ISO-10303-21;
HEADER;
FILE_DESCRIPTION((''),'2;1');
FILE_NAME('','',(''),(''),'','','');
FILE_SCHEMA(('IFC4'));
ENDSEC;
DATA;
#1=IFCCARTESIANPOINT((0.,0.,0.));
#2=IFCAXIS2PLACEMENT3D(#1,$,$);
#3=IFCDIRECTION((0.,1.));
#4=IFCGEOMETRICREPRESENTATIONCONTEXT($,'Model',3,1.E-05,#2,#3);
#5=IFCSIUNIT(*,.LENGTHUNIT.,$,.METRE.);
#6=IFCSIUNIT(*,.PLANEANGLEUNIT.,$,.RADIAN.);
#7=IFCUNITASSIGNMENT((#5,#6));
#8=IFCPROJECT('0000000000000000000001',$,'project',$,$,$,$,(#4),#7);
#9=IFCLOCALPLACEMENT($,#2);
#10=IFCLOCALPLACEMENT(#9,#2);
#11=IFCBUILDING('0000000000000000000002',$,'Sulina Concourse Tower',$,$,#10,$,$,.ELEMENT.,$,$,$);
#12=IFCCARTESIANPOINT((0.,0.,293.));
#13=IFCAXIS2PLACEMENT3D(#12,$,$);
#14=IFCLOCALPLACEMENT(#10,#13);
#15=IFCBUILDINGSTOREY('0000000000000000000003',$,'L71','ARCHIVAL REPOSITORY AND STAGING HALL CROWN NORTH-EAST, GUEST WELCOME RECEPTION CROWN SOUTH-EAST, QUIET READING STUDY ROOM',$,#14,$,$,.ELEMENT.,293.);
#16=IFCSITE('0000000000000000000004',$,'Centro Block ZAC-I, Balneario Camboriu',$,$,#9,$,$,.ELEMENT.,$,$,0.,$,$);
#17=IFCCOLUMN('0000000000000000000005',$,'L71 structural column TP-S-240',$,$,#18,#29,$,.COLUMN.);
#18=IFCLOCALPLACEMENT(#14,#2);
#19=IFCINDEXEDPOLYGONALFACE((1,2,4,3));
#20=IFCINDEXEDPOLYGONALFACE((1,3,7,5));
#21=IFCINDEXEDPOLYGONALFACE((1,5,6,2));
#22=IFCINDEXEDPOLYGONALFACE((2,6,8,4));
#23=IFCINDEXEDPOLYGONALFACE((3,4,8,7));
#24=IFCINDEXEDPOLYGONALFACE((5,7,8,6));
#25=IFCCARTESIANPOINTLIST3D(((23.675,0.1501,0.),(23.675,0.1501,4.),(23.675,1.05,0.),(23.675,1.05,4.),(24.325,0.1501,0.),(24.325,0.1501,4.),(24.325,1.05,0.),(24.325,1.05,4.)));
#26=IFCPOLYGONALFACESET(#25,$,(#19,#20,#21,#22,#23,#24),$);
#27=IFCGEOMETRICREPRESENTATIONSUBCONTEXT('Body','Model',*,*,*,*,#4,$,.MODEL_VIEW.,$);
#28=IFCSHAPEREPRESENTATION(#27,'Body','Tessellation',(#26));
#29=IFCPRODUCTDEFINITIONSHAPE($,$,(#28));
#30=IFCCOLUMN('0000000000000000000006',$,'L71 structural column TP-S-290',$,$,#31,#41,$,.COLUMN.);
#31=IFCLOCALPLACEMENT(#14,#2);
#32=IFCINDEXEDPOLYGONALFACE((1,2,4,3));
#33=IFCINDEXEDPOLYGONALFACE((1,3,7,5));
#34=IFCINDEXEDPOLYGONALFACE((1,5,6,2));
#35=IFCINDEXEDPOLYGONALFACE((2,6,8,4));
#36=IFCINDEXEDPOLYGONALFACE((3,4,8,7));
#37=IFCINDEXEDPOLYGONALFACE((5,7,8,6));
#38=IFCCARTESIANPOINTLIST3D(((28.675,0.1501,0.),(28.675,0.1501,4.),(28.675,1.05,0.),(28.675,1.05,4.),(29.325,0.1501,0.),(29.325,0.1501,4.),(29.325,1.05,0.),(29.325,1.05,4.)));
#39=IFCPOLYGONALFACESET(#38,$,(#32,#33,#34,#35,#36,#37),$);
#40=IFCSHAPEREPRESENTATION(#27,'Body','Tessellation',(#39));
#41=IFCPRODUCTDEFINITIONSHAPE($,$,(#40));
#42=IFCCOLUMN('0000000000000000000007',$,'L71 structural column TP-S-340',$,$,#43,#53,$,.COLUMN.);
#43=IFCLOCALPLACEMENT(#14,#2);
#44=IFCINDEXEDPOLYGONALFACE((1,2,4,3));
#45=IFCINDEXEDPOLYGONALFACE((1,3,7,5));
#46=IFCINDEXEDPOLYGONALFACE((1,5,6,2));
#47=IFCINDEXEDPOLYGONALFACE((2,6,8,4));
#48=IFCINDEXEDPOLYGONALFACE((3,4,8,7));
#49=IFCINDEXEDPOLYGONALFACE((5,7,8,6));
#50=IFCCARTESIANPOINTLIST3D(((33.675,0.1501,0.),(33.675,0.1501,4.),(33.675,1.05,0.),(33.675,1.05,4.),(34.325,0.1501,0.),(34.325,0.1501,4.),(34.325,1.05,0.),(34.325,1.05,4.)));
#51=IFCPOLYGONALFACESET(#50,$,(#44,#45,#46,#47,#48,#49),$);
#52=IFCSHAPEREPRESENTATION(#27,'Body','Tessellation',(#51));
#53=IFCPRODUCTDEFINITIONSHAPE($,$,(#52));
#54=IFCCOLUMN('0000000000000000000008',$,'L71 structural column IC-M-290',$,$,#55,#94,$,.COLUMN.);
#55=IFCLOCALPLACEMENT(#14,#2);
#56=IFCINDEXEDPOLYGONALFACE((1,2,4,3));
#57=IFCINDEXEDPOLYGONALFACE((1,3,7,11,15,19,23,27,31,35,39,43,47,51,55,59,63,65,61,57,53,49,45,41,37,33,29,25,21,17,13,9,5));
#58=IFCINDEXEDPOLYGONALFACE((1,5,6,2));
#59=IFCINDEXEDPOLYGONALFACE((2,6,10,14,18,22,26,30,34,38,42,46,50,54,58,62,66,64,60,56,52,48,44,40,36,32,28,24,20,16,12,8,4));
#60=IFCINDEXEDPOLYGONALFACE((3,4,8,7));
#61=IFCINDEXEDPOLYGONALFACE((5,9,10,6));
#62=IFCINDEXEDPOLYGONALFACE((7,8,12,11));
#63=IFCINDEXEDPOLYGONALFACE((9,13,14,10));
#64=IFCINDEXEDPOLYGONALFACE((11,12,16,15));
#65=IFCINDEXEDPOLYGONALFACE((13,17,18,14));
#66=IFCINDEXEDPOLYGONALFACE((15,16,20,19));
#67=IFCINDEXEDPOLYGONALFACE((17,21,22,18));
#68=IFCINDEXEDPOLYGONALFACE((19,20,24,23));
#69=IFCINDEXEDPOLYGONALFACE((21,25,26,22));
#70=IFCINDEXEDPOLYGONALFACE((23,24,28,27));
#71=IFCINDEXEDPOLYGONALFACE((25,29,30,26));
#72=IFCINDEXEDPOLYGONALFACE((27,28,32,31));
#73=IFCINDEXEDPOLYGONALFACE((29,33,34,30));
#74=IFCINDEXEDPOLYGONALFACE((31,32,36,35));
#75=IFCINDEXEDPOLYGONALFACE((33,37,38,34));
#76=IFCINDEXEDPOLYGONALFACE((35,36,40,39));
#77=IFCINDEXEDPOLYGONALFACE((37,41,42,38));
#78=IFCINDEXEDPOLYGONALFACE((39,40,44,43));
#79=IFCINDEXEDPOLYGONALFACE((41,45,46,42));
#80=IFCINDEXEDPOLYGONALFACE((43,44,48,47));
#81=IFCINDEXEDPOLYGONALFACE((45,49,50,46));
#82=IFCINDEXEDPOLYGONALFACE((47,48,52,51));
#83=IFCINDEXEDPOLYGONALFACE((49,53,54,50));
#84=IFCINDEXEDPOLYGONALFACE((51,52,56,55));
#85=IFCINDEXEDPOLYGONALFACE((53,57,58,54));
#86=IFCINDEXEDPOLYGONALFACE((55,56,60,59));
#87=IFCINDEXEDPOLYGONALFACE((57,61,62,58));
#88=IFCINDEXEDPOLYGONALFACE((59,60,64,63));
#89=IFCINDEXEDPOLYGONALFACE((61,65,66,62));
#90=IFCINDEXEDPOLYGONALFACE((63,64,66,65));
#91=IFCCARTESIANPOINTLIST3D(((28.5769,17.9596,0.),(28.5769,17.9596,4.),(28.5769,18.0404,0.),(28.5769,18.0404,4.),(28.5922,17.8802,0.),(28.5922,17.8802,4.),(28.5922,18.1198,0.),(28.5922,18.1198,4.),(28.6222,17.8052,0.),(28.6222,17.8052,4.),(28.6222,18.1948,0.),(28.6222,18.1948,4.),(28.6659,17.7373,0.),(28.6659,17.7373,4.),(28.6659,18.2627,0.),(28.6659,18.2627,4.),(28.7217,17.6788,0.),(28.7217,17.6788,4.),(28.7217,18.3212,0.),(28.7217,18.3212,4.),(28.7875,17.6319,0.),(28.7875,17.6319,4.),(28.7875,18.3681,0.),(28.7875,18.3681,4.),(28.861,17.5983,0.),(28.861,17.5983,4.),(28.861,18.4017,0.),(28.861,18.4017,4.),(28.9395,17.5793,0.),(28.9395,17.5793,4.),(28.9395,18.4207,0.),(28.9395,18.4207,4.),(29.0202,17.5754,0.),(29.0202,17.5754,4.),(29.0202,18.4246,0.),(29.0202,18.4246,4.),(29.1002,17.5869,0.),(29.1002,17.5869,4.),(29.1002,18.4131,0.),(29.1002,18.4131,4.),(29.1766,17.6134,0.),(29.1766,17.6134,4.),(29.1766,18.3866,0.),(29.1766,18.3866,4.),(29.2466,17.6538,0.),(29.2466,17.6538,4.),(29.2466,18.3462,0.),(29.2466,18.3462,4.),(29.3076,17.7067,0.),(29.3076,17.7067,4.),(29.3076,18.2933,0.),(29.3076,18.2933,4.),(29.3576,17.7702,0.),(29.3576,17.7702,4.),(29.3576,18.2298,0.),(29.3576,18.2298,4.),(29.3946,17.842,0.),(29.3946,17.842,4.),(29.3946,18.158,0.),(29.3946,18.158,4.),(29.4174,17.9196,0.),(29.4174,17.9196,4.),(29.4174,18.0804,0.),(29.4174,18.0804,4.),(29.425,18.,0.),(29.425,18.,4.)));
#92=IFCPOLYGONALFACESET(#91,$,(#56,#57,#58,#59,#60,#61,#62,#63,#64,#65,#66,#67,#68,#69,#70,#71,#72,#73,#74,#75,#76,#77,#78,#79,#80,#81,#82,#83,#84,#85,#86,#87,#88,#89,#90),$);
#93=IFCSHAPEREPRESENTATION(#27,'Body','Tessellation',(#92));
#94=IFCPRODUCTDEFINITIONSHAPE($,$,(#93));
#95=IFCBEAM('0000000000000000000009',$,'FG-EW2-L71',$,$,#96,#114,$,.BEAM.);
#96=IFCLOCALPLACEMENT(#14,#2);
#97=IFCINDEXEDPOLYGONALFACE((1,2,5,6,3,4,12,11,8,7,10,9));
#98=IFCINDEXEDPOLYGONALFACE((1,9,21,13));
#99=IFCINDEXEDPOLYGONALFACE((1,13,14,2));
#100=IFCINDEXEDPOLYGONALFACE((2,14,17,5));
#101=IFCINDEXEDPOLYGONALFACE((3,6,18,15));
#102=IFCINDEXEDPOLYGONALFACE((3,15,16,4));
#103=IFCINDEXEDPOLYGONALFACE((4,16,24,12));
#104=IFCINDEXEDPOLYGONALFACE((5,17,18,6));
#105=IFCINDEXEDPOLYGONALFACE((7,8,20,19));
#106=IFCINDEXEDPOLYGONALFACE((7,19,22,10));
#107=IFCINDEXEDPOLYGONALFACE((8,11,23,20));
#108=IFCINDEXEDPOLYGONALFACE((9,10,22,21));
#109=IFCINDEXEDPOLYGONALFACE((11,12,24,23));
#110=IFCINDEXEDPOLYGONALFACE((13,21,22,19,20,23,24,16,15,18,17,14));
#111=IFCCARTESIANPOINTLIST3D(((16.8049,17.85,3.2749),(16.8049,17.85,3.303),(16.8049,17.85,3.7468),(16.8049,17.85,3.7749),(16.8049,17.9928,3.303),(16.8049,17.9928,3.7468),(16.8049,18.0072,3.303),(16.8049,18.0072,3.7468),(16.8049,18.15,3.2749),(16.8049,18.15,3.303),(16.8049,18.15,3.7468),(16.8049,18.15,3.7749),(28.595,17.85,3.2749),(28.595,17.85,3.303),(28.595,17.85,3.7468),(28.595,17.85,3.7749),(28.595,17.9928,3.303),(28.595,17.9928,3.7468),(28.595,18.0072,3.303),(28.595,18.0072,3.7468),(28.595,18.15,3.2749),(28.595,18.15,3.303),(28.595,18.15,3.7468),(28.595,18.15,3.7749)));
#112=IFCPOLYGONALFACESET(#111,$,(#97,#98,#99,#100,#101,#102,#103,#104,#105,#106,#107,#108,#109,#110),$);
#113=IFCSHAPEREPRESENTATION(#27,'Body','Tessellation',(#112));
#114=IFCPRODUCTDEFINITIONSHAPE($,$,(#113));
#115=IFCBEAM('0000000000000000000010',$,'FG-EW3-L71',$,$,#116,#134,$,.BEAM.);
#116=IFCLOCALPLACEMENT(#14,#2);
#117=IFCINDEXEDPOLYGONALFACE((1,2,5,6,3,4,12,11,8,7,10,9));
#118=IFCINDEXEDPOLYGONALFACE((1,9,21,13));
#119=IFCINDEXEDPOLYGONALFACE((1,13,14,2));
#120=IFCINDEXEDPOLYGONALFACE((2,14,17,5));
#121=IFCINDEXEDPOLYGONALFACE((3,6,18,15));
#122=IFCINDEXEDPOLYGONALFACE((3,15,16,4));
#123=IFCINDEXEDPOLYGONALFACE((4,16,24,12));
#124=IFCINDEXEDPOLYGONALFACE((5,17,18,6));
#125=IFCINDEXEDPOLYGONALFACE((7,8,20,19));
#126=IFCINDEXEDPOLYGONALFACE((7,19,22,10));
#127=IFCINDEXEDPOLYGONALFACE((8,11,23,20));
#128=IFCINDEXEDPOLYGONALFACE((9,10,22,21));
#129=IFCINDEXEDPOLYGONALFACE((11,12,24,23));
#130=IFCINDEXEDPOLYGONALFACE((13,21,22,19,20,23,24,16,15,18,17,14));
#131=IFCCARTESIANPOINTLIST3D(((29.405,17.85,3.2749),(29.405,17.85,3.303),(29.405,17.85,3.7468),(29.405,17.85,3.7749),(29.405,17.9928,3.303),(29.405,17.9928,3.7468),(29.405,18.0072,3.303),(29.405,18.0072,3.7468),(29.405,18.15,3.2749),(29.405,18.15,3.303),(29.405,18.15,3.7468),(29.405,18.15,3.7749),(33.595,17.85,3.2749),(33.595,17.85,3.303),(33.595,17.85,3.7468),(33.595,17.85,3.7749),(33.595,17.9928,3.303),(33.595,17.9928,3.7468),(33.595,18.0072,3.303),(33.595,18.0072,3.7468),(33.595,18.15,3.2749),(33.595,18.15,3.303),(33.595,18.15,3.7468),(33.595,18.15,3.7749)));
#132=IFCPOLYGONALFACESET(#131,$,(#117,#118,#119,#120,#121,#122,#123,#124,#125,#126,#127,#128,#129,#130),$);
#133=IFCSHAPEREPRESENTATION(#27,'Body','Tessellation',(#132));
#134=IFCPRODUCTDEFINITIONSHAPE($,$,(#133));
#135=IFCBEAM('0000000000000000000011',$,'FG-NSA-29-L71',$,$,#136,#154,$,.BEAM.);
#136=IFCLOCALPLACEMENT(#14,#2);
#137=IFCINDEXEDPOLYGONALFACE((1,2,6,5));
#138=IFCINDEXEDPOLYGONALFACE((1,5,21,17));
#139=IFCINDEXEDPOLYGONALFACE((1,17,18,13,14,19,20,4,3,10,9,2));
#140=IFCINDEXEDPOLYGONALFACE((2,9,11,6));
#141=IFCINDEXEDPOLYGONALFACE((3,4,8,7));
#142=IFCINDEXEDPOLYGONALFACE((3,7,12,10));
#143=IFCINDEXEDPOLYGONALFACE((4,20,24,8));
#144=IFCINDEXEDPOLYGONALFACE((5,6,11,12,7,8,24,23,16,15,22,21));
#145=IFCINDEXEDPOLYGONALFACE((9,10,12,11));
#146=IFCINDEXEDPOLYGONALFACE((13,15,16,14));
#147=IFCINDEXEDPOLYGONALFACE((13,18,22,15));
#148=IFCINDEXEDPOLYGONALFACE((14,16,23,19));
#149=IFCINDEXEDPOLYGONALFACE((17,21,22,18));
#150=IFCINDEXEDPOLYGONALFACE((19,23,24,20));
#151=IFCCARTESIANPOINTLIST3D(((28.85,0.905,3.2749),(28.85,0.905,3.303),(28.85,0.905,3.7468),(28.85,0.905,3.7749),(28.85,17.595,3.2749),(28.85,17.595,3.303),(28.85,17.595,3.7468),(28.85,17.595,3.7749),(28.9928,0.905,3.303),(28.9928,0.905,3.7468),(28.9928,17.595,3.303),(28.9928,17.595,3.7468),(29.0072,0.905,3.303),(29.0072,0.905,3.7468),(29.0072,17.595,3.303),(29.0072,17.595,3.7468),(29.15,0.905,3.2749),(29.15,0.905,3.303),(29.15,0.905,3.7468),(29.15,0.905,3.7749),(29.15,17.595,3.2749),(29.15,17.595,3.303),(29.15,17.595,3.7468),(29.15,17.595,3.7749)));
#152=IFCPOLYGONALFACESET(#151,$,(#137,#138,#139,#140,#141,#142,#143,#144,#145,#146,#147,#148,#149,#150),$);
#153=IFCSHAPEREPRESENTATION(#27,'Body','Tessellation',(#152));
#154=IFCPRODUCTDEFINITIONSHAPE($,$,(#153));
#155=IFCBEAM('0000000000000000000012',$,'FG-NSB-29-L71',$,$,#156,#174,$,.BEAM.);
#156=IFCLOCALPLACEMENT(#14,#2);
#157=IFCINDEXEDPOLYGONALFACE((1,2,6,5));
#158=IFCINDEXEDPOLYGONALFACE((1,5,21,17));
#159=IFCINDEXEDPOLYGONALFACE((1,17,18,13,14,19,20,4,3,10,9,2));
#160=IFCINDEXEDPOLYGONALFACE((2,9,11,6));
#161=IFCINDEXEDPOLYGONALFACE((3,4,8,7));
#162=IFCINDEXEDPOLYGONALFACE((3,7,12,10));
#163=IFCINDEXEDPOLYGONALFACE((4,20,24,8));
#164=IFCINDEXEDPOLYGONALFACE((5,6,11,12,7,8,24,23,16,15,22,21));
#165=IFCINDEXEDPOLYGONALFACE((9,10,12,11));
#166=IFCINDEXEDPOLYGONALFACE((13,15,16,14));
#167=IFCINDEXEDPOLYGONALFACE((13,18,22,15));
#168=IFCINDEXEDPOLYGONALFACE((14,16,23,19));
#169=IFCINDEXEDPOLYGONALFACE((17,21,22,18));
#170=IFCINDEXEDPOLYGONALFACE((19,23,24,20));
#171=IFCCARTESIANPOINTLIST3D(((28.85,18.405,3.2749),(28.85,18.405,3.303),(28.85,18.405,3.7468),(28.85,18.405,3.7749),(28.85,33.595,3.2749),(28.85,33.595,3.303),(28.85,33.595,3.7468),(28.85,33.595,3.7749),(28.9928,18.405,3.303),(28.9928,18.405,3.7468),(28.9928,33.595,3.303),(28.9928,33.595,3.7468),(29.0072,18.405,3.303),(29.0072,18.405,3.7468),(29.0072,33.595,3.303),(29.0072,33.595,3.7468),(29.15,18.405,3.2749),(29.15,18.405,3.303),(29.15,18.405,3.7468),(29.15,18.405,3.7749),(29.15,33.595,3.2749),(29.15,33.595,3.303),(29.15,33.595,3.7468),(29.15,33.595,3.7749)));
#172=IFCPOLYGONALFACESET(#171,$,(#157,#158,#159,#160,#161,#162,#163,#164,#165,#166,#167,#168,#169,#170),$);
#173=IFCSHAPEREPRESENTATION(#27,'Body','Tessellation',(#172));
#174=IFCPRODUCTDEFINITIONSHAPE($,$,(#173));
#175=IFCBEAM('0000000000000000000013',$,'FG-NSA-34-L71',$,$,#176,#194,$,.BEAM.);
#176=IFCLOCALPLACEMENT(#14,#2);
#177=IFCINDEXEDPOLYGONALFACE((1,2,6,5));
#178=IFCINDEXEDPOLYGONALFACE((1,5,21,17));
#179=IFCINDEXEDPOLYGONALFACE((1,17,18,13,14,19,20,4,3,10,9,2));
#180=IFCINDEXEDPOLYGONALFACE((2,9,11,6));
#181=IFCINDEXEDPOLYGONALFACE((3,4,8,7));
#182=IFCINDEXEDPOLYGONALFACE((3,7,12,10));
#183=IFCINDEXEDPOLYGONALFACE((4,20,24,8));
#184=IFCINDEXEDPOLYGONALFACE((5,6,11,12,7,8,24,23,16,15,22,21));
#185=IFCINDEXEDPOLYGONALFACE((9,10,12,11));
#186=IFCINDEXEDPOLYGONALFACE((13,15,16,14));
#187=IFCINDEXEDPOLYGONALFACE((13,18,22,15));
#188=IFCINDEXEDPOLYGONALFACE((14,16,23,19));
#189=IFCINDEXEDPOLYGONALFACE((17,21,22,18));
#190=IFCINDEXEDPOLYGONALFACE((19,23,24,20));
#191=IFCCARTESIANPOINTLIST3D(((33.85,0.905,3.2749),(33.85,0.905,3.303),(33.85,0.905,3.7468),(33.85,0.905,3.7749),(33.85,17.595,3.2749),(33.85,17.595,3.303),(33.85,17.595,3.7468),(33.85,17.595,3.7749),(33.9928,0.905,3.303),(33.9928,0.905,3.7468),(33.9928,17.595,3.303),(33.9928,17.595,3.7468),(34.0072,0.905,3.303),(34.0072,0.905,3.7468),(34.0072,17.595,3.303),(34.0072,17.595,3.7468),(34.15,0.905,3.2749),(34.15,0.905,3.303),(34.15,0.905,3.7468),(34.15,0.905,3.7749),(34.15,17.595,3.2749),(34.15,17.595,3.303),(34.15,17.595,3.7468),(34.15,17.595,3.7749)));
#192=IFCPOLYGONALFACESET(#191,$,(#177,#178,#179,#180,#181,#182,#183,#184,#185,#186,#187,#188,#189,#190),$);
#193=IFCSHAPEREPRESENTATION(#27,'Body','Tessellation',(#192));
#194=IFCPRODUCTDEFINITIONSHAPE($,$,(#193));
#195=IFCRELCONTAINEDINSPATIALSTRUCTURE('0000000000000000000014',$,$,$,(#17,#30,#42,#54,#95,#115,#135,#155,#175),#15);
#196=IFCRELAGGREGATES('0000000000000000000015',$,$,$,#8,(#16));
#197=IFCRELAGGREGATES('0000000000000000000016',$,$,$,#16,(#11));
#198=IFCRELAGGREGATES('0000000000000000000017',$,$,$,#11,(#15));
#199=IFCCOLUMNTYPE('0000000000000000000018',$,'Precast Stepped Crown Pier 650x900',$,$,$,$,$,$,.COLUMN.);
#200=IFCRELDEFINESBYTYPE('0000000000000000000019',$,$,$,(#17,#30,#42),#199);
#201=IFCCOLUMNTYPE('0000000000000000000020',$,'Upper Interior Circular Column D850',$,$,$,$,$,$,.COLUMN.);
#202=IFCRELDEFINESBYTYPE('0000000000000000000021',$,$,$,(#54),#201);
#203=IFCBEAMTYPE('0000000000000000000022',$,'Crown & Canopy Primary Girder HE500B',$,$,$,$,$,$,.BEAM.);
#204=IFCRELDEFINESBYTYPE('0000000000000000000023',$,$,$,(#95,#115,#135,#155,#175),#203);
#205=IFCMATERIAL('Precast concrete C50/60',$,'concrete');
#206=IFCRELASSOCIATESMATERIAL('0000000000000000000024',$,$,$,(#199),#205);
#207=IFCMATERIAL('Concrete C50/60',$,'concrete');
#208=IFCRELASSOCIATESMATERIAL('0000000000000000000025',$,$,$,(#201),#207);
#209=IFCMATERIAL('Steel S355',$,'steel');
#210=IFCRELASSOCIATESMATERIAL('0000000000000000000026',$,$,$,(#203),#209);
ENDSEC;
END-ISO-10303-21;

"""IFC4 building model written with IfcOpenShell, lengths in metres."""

from ifc_helpers import new_model, si_unit, direction, frame, origin, origin_2d, place, context, subcontext, project, spatial, rectangle, circle, i_section, extrude, material, material_profile, profile_set, type_object, element, save


model = new_model("IFC4")

# Units and contexts
model_context = context("Model", 3, precision=1e-05, world=origin(), true_north=direction((0.0, 1.0)))
body_context = subcontext(model_context, "Body", "Model", "MODEL_VIEW")
ifc_project = project(units=[si_unit("LENGTHUNIT", "METRE"), si_unit("PLANEANGLEUNIT", "RADIAN")], contexts=[model_context])

# Site, building, storey
site_placement = place(None, origin())
site = spatial("IfcSite", under=ifc_project, at=site_placement, Name="Centro Block ZAC-I, Balneario Camboriu", CompositionType="ELEMENT", RefElevation=0.0)
building_placement = place(site_placement, origin())
building = spatial("IfcBuilding", under=site, at=building_placement, Name="Sulina Concourse Tower", CompositionType="ELEMENT")
storey_placement = place(building_placement, frame((0.0, 0.0, 293.0)))
storey = spatial("IfcBuildingStorey", under=building, at=storey_placement, Name="L71", Description="ARCHIVAL REPOSITORY AND STAGING HALL CROWN NORTH-EAST, GUEST WELCOME RECEPTION CROWN SOUTH-EAST, QUIET READING STUDY ROOM", CompositionType="ELEMENT", Elevation=293.0)

# Columns
ifc_material_1 = material(Name="Precast concrete C50/60", Category="concrete")
ifc_material_profile_1 = material_profile(ifc_material_1, rectangle(XDim=0.6499, YDim=0.8999, at=origin_2d()), Name="PC 650x900")
ifc_profile_set_1 = profile_set([ifc_material_profile_1], Name="Precast concrete C50/60")
column_type_1 = type_object("IfcColumnType", Name="Precast Stepped Crown Pier 650x900", PredefinedType="COLUMN", material=ifc_profile_set_1)
for number, where, z_axis, x_axis, name in (
    (1, (24.0, 0.6001, 0.0), (0.0, 0.0, 1.0), (1.0, 0.0, 0.0), "L71 structural column TP-S-240"),
    (2, (29.0, 0.6001, 0.0), (0.0, 0.0, 1.0), (1.0, 0.0, 0.0), "L71 structural column TP-S-290"),
    (3, (34.0, 0.6001, 0.0), (0.0, 0.0, 1.0), (1.0, 0.0, 0.0), "L71 structural column TP-S-340"),
):
    element("IfcColumn", number, at=place(storey_placement, frame(where, z_axis=z_axis, x_axis=x_axis)), inside=storey, type_object=column_type_1, Name=name, PredefinedType="COLUMN", context=body_context, shape_type="SweptSolid", body=[
        extrude(rectangle(XDim=0.6499, YDim=0.8999, at=origin_2d()), origin(), (0.0, 0.0, 1.0), 4.0),
    ])
ifc_material_2 = material(Name="Concrete C50/60", Category="concrete")
ifc_material_profile_2 = material_profile(ifc_material_2, circle(Radius=0.425, at=origin_2d()), Name="RC D850")
ifc_profile_set_2 = profile_set([ifc_material_profile_2], Name="Concrete C50/60")
column_type_2 = type_object("IfcColumnType", Name="Upper Interior Circular Column D850", PredefinedType="COLUMN", material=ifc_profile_set_2)
column_placement = place(storey_placement, frame((29.0, 18.0, 0.0), z_axis=(0.0, 0.0, 1.0), x_axis=(1.0, 0.0, 0.0)))
element("IfcColumn", 4, at=column_placement, inside=storey, type_object=column_type_2, Name="L71 structural column IC-M-290", PredefinedType="COLUMN", context=body_context, shape_type="SweptSolid", body=[
    extrude(circle(Radius=0.425, at=origin_2d()), origin(), (0.0, 0.0, 1.0), 4.0),
])

# Beams
ifc_material_3 = material(Name="Steel S355", Category="steel")
ifc_material_profile_3 = material_profile(ifc_material_3, i_section(OverallWidth=0.3, OverallDepth=0.5, WebThickness=0.0144, FlangeThickness=0.0281, at=origin_2d()), Name="HE 500 B")
ifc_profile_set_3 = profile_set([ifc_material_profile_3], Name="Steel S355")
beam_type_1 = type_object("IfcBeamType", Name="Crown & Canopy Primary Girder HE500B", PredefinedType="BEAM", material=ifc_profile_set_3)
beam_1_placement = place(storey_placement, frame((16.8049, 18.0, 3.5249), z_axis=(1.0, 0.0, 0.0), x_axis=(0.0, 1.0, 0.0)))
element("IfcBeam", 5, at=beam_1_placement, inside=storey, type_object=beam_type_1, Name="FG-EW2-L71", PredefinedType="BEAM", context=body_context, shape_type="SweptSolid", body=[
    extrude(i_section(OverallWidth=0.3, OverallDepth=0.5, WebThickness=0.0144, FlangeThickness=0.0281, at=origin_2d()), origin(), (0.0, 0.0, 1.0), 11.79),
])
beam_2_placement = place(storey_placement, frame((29.405, 18.0, 3.5249), z_axis=(1.0, 0.0, 0.0), x_axis=(0.0, 1.0, 0.0)))
element("IfcBeam", 6, at=beam_2_placement, inside=storey, type_object=beam_type_1, Name="FG-EW3-L71", PredefinedType="BEAM", context=body_context, shape_type="SweptSolid", body=[
    extrude(i_section(OverallWidth=0.3, OverallDepth=0.5, WebThickness=0.0144, FlangeThickness=0.0281, at=origin_2d()), origin(), (0.0, 0.0, 1.0), 4.1899),
])
beam_3_placement = place(storey_placement, frame((29.0, 0.905, 3.5249), z_axis=(0.0, 1.0, 0.0), x_axis=(-1.0, 0.0, 0.0)))
element("IfcBeam", 7, at=beam_3_placement, inside=storey, type_object=beam_type_1, Name="FG-NSA-29-L71", PredefinedType="BEAM", context=body_context, shape_type="SweptSolid", body=[
    extrude(i_section(OverallWidth=0.3, OverallDepth=0.5, WebThickness=0.0144, FlangeThickness=0.0281, at=origin_2d()), origin(), (0.0, 0.0, 1.0), 16.6899),
])
beam_4_placement = place(storey_placement, frame((29.0, 18.405, 3.5249), z_axis=(0.0, 1.0, 0.0), x_axis=(-1.0, 0.0, 0.0)))
element("IfcBeam", 8, at=beam_4_placement, inside=storey, type_object=beam_type_1, Name="FG-NSB-29-L71", PredefinedType="BEAM", context=body_context, shape_type="SweptSolid", body=[
    extrude(i_section(OverallWidth=0.3, OverallDepth=0.5, WebThickness=0.0144, FlangeThickness=0.0281, at=origin_2d()), origin(), (0.0, 0.0, 1.0), 15.1899),
])
beam_5_placement = place(storey_placement, frame((34.0, 0.905, 3.5249), z_axis=(0.0, 1.0, 0.0), x_axis=(-1.0, 0.0, 0.0)))
element("IfcBeam", 9, at=beam_5_placement, inside=storey, type_object=beam_type_1, Name="FG-NSA-34-L71", PredefinedType="BEAM", context=body_context, shape_type="SweptSolid", body=[
    extrude(i_section(OverallWidth=0.3, OverallDepth=0.5, WebThickness=0.0144, FlangeThickness=0.0281, at=origin_2d()), origin(), (0.0, 0.0, 1.0), 16.6899),
])

save(model, "model.ifc")
